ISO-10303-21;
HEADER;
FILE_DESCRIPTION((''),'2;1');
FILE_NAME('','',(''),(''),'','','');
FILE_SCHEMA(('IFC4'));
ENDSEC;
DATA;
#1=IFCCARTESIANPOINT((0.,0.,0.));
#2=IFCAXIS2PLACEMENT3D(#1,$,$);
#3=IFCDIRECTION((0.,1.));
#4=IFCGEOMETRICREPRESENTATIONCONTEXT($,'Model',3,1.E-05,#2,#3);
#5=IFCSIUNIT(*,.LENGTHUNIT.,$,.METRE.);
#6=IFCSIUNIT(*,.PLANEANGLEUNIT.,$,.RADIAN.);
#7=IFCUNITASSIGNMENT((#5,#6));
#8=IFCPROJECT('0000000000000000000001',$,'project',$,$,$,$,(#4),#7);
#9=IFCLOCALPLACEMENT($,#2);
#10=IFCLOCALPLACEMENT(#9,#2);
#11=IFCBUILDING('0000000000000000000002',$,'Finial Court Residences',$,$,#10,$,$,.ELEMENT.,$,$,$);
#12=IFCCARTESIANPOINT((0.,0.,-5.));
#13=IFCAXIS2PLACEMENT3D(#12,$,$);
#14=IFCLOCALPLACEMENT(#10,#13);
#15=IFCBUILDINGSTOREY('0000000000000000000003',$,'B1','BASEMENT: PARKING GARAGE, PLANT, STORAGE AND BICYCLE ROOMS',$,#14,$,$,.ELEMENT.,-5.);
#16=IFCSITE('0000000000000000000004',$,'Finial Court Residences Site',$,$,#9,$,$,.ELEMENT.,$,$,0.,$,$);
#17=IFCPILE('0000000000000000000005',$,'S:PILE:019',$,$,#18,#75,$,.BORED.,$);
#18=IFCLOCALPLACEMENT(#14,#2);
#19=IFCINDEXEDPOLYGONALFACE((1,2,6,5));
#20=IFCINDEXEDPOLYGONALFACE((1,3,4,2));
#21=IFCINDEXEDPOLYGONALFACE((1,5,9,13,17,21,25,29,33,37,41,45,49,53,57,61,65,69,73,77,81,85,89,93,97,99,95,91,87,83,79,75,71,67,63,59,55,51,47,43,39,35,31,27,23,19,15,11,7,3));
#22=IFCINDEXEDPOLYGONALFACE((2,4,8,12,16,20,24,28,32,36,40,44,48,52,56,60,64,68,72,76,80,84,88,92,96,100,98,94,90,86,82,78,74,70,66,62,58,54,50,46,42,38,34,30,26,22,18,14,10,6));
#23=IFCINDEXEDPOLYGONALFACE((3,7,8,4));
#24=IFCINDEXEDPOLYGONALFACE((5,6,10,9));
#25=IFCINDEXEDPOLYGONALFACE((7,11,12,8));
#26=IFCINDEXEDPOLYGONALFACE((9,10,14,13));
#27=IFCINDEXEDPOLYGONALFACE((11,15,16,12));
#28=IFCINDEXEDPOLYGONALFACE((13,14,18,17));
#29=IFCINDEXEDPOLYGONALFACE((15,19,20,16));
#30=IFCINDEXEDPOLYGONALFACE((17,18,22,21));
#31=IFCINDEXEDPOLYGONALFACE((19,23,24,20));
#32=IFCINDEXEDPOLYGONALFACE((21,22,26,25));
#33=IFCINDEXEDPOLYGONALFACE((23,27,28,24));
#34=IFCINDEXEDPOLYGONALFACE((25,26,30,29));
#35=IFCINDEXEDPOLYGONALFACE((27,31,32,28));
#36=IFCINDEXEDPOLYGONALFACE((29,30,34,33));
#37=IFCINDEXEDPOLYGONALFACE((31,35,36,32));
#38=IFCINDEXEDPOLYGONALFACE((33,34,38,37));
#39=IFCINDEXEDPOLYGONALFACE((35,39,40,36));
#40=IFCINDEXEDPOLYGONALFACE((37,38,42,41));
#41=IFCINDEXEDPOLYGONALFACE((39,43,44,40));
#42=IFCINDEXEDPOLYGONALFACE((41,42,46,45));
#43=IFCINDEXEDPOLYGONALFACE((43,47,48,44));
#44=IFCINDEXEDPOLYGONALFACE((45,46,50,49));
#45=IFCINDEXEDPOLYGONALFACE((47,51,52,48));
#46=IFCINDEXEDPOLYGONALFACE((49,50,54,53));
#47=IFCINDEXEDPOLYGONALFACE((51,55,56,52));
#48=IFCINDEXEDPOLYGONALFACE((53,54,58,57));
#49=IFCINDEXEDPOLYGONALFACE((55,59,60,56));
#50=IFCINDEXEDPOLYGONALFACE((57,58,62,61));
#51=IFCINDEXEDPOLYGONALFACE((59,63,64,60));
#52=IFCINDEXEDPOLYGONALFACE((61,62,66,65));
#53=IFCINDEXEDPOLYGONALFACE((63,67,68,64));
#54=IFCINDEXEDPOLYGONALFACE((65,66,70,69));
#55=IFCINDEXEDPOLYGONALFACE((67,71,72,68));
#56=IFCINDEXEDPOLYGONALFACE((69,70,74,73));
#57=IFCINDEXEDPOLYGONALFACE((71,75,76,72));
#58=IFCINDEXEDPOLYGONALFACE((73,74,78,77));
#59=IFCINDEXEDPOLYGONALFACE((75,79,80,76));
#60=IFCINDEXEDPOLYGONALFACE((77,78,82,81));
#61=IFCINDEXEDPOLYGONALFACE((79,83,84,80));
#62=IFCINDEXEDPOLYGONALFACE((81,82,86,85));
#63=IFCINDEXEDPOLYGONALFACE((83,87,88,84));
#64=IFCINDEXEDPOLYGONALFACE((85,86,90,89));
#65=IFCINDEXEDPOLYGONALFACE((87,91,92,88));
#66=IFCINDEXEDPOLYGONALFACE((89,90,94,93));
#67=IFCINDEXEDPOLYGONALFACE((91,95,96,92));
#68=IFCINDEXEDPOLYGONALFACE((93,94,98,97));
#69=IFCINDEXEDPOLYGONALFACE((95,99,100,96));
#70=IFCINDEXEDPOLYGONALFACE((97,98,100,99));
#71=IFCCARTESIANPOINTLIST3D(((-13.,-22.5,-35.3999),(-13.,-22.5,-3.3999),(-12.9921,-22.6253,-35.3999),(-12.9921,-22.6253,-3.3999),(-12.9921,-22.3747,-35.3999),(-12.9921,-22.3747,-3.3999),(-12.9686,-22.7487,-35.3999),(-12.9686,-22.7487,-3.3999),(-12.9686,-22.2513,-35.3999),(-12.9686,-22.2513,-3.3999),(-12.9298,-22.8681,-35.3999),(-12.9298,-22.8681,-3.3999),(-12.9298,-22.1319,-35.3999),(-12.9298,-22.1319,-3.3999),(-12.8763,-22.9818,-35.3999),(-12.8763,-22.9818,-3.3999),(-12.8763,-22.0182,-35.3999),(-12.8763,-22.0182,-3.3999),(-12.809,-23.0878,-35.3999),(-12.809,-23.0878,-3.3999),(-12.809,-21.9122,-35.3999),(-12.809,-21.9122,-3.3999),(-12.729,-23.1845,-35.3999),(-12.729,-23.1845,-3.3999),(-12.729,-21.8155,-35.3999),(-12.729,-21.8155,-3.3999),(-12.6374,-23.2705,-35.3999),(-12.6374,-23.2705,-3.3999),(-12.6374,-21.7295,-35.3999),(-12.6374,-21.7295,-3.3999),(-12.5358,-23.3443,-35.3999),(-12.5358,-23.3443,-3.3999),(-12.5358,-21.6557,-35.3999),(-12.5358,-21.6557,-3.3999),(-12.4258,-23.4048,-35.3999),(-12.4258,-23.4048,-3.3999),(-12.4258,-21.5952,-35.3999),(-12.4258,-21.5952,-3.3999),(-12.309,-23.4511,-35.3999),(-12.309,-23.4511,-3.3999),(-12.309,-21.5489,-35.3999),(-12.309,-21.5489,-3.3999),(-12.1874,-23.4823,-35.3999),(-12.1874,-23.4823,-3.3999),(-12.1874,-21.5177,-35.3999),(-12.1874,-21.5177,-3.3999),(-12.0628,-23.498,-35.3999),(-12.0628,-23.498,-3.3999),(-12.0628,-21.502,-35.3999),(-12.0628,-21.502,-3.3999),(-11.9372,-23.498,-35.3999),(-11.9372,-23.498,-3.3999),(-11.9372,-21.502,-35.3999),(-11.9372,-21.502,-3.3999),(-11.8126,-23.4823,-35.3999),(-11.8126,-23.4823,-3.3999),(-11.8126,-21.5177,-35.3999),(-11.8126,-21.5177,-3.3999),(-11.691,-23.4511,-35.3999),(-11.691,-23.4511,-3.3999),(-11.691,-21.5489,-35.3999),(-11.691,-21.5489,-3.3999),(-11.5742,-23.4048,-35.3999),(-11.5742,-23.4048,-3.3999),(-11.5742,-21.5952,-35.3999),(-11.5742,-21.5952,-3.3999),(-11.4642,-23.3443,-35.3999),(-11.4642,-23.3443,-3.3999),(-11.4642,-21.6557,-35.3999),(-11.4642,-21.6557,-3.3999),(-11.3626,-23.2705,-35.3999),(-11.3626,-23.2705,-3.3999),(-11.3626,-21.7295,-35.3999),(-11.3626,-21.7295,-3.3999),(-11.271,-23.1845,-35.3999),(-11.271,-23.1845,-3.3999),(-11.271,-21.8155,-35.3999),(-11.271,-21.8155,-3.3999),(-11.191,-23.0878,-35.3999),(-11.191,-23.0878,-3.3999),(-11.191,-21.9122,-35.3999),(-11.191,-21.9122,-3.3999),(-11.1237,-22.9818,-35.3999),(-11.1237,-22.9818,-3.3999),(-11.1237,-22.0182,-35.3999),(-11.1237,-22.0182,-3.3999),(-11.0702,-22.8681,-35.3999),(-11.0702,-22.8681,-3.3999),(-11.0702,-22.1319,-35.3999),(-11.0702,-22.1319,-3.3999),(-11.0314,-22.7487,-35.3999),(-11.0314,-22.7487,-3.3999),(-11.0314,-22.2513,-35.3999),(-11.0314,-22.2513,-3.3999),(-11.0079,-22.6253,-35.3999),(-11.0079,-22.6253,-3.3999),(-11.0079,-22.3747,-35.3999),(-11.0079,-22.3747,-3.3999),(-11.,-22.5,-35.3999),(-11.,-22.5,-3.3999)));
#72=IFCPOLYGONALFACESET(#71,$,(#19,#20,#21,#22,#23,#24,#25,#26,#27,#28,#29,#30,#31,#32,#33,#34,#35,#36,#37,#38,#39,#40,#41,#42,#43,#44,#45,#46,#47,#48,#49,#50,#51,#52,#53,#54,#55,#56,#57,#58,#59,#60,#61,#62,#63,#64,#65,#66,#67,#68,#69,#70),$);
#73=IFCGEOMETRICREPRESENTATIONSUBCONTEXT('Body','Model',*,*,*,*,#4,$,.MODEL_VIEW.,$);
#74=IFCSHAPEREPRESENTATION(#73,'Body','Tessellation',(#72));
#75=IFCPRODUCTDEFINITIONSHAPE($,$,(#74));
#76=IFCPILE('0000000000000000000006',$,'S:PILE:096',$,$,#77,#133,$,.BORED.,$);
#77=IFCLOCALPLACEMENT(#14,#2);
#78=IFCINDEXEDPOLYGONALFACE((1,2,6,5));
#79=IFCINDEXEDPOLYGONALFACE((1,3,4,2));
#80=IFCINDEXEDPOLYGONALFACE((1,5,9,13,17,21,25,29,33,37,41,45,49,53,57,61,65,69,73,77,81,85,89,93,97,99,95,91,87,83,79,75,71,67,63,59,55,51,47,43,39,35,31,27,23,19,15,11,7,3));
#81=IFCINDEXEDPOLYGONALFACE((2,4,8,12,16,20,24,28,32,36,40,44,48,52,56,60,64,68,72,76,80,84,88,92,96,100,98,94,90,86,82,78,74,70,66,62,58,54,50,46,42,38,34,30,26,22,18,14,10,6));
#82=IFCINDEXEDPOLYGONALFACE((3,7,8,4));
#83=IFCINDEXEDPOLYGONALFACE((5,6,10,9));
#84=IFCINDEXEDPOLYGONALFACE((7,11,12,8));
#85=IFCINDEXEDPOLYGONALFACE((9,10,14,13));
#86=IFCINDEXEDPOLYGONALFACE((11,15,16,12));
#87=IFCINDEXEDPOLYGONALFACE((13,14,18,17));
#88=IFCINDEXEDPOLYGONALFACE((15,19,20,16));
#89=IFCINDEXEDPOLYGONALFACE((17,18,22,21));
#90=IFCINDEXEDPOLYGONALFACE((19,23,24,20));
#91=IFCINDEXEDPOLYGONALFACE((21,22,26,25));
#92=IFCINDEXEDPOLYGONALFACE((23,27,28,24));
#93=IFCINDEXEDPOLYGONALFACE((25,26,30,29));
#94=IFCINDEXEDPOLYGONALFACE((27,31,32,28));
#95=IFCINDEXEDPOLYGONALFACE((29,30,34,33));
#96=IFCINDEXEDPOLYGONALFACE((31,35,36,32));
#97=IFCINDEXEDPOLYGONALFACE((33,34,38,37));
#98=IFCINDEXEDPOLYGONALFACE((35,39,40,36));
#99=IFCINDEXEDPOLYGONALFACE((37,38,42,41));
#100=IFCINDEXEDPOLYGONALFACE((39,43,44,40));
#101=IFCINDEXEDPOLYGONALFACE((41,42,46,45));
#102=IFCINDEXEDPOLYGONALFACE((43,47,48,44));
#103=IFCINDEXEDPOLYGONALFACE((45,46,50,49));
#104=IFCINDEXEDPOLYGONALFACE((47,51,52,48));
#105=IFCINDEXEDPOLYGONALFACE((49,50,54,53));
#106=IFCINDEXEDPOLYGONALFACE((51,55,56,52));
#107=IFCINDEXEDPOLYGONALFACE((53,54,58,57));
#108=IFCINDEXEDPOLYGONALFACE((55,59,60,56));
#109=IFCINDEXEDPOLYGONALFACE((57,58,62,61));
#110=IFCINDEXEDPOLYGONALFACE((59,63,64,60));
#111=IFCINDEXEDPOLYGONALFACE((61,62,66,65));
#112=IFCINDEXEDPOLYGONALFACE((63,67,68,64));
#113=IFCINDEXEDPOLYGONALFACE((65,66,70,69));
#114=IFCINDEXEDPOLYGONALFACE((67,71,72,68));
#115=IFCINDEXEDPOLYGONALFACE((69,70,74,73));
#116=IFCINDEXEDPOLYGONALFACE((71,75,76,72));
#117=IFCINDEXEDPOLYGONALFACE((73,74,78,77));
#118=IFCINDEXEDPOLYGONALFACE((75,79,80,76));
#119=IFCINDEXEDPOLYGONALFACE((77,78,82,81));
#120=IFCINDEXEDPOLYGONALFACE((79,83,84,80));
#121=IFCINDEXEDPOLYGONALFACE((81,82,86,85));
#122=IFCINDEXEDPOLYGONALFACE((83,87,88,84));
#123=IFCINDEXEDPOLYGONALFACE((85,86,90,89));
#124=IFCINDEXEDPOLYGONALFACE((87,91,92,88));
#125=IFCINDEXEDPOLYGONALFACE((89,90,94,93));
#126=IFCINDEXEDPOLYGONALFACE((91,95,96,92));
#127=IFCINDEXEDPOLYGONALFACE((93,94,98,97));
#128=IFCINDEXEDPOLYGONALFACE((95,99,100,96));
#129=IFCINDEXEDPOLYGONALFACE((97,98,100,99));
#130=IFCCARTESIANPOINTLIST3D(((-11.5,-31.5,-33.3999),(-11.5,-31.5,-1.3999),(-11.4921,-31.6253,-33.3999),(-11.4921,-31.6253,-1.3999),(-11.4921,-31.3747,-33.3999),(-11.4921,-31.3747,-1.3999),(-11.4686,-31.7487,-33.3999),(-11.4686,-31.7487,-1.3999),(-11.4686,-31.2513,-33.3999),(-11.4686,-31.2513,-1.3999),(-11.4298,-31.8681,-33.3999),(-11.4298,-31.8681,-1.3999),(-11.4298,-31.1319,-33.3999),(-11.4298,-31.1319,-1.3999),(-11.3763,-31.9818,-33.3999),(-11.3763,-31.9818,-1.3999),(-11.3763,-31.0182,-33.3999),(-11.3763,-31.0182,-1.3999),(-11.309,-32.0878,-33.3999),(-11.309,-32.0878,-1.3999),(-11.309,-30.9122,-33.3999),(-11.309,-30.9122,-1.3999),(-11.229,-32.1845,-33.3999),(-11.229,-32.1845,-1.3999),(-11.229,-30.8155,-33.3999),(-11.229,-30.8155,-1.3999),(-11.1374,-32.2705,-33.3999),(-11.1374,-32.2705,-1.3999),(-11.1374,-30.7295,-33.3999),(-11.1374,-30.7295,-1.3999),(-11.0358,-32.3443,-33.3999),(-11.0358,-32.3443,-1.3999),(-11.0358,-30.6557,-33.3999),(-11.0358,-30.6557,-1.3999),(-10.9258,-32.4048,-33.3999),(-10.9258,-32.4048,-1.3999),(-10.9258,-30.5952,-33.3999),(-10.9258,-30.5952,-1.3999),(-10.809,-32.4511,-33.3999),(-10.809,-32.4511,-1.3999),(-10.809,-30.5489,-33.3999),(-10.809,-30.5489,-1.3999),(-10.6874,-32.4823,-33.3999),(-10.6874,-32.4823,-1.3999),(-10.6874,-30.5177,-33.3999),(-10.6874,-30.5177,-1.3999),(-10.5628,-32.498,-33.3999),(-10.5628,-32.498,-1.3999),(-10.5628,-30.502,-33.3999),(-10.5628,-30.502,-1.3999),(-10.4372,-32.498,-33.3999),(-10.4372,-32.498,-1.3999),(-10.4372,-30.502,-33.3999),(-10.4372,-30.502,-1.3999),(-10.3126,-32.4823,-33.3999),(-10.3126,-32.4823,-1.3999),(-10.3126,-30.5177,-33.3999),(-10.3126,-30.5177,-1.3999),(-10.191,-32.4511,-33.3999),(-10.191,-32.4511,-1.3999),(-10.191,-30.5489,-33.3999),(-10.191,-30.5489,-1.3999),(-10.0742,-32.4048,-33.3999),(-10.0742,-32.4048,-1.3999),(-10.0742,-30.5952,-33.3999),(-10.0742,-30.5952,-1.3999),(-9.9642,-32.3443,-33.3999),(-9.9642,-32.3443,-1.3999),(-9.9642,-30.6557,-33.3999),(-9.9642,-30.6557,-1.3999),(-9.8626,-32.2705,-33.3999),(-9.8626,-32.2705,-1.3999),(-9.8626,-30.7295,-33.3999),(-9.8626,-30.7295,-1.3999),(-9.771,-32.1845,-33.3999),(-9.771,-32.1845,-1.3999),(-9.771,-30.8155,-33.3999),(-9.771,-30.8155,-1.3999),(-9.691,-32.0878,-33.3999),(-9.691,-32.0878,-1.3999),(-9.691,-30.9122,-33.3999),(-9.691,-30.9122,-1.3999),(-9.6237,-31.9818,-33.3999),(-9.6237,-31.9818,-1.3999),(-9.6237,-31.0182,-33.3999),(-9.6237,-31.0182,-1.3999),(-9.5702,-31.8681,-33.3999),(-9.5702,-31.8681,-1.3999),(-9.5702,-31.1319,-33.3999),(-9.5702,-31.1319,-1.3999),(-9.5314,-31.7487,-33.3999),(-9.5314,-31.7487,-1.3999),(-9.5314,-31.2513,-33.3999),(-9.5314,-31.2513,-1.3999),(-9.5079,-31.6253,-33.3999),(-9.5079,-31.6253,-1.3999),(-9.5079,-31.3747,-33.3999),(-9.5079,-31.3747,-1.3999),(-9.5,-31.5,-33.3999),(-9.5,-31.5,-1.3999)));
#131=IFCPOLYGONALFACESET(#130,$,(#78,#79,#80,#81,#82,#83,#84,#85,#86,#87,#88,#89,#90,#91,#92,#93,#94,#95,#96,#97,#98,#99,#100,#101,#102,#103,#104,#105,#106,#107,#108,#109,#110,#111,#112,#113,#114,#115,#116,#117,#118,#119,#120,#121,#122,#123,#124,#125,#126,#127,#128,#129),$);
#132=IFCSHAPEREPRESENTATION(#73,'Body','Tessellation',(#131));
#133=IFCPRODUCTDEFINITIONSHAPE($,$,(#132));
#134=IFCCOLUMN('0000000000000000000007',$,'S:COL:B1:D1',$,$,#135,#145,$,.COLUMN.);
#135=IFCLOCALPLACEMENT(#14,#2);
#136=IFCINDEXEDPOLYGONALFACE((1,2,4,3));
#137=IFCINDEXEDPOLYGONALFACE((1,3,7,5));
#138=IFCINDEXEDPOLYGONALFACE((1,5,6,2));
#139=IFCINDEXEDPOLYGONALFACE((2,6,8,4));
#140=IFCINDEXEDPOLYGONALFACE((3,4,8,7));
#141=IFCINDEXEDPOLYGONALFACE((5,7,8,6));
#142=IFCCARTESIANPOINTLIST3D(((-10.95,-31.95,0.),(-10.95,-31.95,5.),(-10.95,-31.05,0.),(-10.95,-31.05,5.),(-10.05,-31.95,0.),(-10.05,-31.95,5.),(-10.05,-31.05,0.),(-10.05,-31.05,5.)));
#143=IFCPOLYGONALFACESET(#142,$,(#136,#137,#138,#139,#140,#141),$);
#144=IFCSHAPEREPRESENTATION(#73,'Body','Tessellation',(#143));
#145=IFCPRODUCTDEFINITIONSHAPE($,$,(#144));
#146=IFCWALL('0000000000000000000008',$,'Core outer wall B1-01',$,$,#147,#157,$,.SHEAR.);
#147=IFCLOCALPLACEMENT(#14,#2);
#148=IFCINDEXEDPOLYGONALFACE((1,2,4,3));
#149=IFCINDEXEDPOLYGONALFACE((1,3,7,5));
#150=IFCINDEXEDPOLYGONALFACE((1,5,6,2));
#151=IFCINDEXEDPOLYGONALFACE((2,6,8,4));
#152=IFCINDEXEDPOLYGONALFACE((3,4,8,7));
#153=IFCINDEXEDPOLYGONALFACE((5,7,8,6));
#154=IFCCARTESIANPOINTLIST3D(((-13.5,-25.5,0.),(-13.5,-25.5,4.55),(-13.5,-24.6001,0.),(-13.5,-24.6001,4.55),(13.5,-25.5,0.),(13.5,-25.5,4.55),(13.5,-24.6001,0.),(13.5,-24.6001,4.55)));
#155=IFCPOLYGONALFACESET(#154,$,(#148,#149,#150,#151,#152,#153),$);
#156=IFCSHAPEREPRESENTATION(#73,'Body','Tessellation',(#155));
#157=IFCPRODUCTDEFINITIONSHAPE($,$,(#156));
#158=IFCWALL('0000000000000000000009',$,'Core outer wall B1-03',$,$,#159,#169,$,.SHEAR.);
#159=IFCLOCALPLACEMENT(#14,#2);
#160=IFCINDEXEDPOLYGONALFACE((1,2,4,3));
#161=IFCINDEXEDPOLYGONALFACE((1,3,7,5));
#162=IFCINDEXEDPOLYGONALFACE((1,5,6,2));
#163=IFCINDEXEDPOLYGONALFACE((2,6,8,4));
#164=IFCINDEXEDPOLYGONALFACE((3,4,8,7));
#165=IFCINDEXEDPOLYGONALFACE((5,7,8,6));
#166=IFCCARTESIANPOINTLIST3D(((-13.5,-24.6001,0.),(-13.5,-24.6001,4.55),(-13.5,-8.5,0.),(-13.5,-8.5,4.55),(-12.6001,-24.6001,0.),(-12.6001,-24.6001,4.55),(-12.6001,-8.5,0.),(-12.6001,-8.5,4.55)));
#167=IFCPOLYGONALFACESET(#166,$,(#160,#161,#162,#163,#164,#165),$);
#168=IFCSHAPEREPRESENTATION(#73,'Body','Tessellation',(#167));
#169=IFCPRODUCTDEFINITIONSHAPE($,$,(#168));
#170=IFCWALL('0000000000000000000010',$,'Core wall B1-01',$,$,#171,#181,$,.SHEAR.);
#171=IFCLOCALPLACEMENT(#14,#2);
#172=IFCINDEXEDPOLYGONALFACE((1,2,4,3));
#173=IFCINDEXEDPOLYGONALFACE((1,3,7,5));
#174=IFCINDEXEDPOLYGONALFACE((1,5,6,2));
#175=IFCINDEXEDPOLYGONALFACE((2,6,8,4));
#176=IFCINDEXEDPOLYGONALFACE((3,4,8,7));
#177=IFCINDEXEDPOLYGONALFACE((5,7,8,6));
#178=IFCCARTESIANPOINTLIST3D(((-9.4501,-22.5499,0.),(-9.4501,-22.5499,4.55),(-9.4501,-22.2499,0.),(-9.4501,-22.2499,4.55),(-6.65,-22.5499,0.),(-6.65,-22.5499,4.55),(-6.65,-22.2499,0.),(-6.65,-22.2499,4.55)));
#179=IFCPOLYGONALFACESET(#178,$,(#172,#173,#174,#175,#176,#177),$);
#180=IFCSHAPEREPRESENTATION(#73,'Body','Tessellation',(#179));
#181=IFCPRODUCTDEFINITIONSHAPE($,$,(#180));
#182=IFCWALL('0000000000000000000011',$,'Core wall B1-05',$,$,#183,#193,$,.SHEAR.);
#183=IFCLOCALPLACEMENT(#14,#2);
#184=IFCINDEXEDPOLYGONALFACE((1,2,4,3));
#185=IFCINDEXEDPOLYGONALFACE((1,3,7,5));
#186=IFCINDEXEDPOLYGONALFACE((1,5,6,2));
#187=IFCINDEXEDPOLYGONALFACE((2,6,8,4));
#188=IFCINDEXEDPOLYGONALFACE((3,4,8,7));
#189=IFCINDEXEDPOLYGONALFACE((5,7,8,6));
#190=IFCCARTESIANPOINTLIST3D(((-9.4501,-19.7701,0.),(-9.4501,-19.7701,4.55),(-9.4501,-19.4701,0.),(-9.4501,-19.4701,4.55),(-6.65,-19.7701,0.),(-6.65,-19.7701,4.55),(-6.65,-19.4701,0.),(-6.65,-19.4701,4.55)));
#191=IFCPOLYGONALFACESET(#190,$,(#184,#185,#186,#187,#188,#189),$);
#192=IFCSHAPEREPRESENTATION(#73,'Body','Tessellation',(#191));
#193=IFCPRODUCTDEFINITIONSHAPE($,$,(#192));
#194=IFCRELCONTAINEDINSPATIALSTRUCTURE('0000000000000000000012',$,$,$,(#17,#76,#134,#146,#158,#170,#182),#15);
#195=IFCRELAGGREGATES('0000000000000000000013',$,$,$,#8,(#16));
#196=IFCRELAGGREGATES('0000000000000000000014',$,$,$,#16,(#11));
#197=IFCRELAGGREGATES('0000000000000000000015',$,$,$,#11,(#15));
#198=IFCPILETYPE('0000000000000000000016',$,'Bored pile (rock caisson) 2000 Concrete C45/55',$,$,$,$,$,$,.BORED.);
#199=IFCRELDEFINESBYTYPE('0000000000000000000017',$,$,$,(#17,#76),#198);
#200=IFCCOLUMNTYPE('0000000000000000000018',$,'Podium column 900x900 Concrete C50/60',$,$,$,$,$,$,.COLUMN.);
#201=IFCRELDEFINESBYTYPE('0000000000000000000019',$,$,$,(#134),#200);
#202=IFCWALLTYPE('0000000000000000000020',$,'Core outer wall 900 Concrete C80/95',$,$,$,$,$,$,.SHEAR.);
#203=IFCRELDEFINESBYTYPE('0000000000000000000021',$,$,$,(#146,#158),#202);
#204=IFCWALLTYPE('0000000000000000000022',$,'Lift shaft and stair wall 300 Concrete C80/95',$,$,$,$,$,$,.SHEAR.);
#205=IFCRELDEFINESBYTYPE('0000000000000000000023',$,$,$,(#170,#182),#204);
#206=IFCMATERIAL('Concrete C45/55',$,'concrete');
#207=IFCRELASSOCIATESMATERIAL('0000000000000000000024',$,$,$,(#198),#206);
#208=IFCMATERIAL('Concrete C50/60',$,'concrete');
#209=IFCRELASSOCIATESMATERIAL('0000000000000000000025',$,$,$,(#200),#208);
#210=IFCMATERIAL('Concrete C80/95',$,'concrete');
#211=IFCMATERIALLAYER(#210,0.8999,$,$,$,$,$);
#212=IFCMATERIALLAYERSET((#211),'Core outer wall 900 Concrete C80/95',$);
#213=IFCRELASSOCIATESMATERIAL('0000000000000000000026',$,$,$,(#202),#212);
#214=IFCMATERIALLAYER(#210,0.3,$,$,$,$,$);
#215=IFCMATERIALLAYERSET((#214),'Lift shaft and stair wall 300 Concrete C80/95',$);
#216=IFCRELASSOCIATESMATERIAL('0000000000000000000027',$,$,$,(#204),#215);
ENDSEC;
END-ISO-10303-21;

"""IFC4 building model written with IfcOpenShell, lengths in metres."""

from ifc_helpers import new_model, si_unit, direction, frame, frame_2d, origin, origin_2d, place, context, subcontext, project, spatial, rectangle, circle, extrude, material, layer, layer_set, material_profile, profile_set, type_object, element, save


model = new_model("IFC4")

# Units and contexts
model_context = context("Model", 3, precision=1e-05, world=origin(), true_north=direction((0.0, 1.0)))
body_context = subcontext(model_context, "Body", "Model", "MODEL_VIEW")
ifc_project = project(units=[si_unit("LENGTHUNIT", "METRE"), si_unit("PLANEANGLEUNIT", "RADIAN")], contexts=[model_context])

# Site, building, storey
site_placement = place(None, origin())
site = spatial("IfcSite", under=ifc_project, at=site_placement, Name="Finial Court Residences Site", CompositionType="ELEMENT", RefElevation=0.0)
building_placement = place(site_placement, origin())
building = spatial("IfcBuilding", under=site, at=building_placement, Name="Finial Court Residences", CompositionType="ELEMENT")
storey_placement = place(building_placement, frame((0.0, 0.0, -5.0)))
storey = spatial("IfcBuildingStorey", under=building, at=storey_placement, Name="B1", Description="BASEMENT: PARKING GARAGE, PLANT, STORAGE AND BICYCLE ROOMS", CompositionType="ELEMENT", Elevation=-5.0)

# Piles
ifc_material_1 = material(Name="Concrete C45/55", Category="concrete")
ifc_material_profile_1 = material_profile(ifc_material_1, circle(Radius=1.0, at=origin_2d()), Name="D2000")
ifc_profile_set_1 = profile_set([ifc_material_profile_1], Name="Concrete C45/55")
pile_type = type_object("IfcPileType", Name="Bored pile (rock caisson) 2000 Concrete C45/55", PredefinedType="BORED", material=ifc_profile_set_1)
for number, where, z_axis, x_axis, name in (
    (1, (-12.0, -22.5, -3.3999), (0.0, 0.0, -1.0), (1.0, 0.0, 0.0), "S:PILE:019"),
    (2, (-10.5, -31.5, -1.3999), (0.0, 0.0, -1.0), (1.0, 0.0, 0.0), "S:PILE:096"),
):
    element("IfcPile", number, at=place(storey_placement, frame(where, z_axis=z_axis, x_axis=x_axis)), inside=storey, type_object=pile_type, Name=name, PredefinedType="BORED", context=body_context, shape_type="SweptSolid", body=[
        extrude(circle(Radius=1.0, at=origin_2d()), origin(), (0.0, 0.0, 1.0), 32.0),
    ])

# Column
ifc_material_2 = material(Name="Concrete C50/60", Category="concrete")
ifc_material_profile_2 = material_profile(ifc_material_2, rectangle(XDim=0.8999, YDim=0.8999, at=origin_2d()), Name="900x900")
ifc_profile_set_2 = profile_set([ifc_material_profile_2], Name="Concrete C50/60")
column_type = type_object("IfcColumnType", Name="Podium column 900x900 Concrete C50/60", PredefinedType="COLUMN", material=ifc_profile_set_2)
column_placement = place(storey_placement, frame((-10.5, -31.5, 0.0), z_axis=(0.0, 0.0, 1.0), x_axis=(1.0, 0.0, 0.0)))
element("IfcColumn", 3, at=column_placement, inside=storey, type_object=column_type, Name="S:COL:B1:D1", PredefinedType="COLUMN", context=body_context, shape_type="SweptSolid", body=[
    extrude(rectangle(XDim=0.8999, YDim=0.8999, at=origin_2d()), origin(), (0.0, 0.0, 1.0), 5.0),
])

# Walls
ifc_material_3 = material(Name="Concrete C80/95", Category="concrete")
ifc_layer_1 = layer(ifc_material_3, 0.8999)
ifc_layer_set_1 = layer_set([ifc_layer_1], Name="Core outer wall 900 Concrete C80/95")
wall_type_1 = type_object("IfcWallType", Name="Core outer wall 900 Concrete C80/95", PredefinedType="SHEAR", material=ifc_layer_set_1)
wall_1_placement = place(storey_placement, frame((-13.5, -25.05, 0.0), z_axis=(0.0, 0.0, 1.0), x_axis=(1.0, 0.0, 0.0)))
element("IfcWall", 4, at=wall_1_placement, inside=storey, type_object=wall_type_1, Name="Core outer wall B1-01", PredefinedType="SHEAR", context=body_context, shape_type="SweptSolid", body=[
    extrude(rectangle(XDim=27.0, YDim=0.8999, at=frame_2d((13.5, 0.0))), origin(), (0.0, 0.0, 1.0), 4.55),
])
wall_2_placement = place(storey_placement, frame((-13.05, -24.6001, 0.0), z_axis=(0.0, 0.0, 1.0), x_axis=(0.0, 1.0, 0.0)))
element("IfcWall", 5, at=wall_2_placement, inside=storey, type_object=wall_type_1, Name="Core outer wall B1-03", PredefinedType="SHEAR", context=body_context, shape_type="SweptSolid", body=[
    extrude(rectangle(XDim=16.1001, YDim=0.8999, at=frame_2d((8.05, 0.0))), origin(), (0.0, 0.0, 1.0), 4.55),
])
ifc_layer_2 = layer(ifc_material_3, 0.3)
ifc_layer_set_2 = layer_set([ifc_layer_2], Name="Lift shaft and stair wall 300 Concrete C80/95")
wall_type_2 = type_object("IfcWallType", Name="Lift shaft and stair wall 300 Concrete C80/95", PredefinedType="SHEAR", material=ifc_layer_set_2)
for number, where, z_axis, x_axis, name in (
    (6, (-9.45, -22.3999, 0.0), (0.0, 0.0, 1.0), (1.0, 0.0, 0.0), "Core wall B1-01"),
    (7, (-9.45, -19.6201, 0.0), (0.0, 0.0, 1.0), (1.0, 0.0, 0.0), "Core wall B1-05"),
):
    element("IfcWall", number, at=place(storey_placement, frame(where, z_axis=z_axis, x_axis=x_axis)), inside=storey, type_object=wall_type_2, Name=name, PredefinedType="SHEAR", context=body_context, shape_type="SweptSolid", body=[
        extrude(rectangle(XDim=2.8, YDim=0.3, at=frame_2d((1.3999, 0.0))), origin(), (0.0, 0.0, 1.0), 4.55),
    ])

save(model, "model.ifc")
